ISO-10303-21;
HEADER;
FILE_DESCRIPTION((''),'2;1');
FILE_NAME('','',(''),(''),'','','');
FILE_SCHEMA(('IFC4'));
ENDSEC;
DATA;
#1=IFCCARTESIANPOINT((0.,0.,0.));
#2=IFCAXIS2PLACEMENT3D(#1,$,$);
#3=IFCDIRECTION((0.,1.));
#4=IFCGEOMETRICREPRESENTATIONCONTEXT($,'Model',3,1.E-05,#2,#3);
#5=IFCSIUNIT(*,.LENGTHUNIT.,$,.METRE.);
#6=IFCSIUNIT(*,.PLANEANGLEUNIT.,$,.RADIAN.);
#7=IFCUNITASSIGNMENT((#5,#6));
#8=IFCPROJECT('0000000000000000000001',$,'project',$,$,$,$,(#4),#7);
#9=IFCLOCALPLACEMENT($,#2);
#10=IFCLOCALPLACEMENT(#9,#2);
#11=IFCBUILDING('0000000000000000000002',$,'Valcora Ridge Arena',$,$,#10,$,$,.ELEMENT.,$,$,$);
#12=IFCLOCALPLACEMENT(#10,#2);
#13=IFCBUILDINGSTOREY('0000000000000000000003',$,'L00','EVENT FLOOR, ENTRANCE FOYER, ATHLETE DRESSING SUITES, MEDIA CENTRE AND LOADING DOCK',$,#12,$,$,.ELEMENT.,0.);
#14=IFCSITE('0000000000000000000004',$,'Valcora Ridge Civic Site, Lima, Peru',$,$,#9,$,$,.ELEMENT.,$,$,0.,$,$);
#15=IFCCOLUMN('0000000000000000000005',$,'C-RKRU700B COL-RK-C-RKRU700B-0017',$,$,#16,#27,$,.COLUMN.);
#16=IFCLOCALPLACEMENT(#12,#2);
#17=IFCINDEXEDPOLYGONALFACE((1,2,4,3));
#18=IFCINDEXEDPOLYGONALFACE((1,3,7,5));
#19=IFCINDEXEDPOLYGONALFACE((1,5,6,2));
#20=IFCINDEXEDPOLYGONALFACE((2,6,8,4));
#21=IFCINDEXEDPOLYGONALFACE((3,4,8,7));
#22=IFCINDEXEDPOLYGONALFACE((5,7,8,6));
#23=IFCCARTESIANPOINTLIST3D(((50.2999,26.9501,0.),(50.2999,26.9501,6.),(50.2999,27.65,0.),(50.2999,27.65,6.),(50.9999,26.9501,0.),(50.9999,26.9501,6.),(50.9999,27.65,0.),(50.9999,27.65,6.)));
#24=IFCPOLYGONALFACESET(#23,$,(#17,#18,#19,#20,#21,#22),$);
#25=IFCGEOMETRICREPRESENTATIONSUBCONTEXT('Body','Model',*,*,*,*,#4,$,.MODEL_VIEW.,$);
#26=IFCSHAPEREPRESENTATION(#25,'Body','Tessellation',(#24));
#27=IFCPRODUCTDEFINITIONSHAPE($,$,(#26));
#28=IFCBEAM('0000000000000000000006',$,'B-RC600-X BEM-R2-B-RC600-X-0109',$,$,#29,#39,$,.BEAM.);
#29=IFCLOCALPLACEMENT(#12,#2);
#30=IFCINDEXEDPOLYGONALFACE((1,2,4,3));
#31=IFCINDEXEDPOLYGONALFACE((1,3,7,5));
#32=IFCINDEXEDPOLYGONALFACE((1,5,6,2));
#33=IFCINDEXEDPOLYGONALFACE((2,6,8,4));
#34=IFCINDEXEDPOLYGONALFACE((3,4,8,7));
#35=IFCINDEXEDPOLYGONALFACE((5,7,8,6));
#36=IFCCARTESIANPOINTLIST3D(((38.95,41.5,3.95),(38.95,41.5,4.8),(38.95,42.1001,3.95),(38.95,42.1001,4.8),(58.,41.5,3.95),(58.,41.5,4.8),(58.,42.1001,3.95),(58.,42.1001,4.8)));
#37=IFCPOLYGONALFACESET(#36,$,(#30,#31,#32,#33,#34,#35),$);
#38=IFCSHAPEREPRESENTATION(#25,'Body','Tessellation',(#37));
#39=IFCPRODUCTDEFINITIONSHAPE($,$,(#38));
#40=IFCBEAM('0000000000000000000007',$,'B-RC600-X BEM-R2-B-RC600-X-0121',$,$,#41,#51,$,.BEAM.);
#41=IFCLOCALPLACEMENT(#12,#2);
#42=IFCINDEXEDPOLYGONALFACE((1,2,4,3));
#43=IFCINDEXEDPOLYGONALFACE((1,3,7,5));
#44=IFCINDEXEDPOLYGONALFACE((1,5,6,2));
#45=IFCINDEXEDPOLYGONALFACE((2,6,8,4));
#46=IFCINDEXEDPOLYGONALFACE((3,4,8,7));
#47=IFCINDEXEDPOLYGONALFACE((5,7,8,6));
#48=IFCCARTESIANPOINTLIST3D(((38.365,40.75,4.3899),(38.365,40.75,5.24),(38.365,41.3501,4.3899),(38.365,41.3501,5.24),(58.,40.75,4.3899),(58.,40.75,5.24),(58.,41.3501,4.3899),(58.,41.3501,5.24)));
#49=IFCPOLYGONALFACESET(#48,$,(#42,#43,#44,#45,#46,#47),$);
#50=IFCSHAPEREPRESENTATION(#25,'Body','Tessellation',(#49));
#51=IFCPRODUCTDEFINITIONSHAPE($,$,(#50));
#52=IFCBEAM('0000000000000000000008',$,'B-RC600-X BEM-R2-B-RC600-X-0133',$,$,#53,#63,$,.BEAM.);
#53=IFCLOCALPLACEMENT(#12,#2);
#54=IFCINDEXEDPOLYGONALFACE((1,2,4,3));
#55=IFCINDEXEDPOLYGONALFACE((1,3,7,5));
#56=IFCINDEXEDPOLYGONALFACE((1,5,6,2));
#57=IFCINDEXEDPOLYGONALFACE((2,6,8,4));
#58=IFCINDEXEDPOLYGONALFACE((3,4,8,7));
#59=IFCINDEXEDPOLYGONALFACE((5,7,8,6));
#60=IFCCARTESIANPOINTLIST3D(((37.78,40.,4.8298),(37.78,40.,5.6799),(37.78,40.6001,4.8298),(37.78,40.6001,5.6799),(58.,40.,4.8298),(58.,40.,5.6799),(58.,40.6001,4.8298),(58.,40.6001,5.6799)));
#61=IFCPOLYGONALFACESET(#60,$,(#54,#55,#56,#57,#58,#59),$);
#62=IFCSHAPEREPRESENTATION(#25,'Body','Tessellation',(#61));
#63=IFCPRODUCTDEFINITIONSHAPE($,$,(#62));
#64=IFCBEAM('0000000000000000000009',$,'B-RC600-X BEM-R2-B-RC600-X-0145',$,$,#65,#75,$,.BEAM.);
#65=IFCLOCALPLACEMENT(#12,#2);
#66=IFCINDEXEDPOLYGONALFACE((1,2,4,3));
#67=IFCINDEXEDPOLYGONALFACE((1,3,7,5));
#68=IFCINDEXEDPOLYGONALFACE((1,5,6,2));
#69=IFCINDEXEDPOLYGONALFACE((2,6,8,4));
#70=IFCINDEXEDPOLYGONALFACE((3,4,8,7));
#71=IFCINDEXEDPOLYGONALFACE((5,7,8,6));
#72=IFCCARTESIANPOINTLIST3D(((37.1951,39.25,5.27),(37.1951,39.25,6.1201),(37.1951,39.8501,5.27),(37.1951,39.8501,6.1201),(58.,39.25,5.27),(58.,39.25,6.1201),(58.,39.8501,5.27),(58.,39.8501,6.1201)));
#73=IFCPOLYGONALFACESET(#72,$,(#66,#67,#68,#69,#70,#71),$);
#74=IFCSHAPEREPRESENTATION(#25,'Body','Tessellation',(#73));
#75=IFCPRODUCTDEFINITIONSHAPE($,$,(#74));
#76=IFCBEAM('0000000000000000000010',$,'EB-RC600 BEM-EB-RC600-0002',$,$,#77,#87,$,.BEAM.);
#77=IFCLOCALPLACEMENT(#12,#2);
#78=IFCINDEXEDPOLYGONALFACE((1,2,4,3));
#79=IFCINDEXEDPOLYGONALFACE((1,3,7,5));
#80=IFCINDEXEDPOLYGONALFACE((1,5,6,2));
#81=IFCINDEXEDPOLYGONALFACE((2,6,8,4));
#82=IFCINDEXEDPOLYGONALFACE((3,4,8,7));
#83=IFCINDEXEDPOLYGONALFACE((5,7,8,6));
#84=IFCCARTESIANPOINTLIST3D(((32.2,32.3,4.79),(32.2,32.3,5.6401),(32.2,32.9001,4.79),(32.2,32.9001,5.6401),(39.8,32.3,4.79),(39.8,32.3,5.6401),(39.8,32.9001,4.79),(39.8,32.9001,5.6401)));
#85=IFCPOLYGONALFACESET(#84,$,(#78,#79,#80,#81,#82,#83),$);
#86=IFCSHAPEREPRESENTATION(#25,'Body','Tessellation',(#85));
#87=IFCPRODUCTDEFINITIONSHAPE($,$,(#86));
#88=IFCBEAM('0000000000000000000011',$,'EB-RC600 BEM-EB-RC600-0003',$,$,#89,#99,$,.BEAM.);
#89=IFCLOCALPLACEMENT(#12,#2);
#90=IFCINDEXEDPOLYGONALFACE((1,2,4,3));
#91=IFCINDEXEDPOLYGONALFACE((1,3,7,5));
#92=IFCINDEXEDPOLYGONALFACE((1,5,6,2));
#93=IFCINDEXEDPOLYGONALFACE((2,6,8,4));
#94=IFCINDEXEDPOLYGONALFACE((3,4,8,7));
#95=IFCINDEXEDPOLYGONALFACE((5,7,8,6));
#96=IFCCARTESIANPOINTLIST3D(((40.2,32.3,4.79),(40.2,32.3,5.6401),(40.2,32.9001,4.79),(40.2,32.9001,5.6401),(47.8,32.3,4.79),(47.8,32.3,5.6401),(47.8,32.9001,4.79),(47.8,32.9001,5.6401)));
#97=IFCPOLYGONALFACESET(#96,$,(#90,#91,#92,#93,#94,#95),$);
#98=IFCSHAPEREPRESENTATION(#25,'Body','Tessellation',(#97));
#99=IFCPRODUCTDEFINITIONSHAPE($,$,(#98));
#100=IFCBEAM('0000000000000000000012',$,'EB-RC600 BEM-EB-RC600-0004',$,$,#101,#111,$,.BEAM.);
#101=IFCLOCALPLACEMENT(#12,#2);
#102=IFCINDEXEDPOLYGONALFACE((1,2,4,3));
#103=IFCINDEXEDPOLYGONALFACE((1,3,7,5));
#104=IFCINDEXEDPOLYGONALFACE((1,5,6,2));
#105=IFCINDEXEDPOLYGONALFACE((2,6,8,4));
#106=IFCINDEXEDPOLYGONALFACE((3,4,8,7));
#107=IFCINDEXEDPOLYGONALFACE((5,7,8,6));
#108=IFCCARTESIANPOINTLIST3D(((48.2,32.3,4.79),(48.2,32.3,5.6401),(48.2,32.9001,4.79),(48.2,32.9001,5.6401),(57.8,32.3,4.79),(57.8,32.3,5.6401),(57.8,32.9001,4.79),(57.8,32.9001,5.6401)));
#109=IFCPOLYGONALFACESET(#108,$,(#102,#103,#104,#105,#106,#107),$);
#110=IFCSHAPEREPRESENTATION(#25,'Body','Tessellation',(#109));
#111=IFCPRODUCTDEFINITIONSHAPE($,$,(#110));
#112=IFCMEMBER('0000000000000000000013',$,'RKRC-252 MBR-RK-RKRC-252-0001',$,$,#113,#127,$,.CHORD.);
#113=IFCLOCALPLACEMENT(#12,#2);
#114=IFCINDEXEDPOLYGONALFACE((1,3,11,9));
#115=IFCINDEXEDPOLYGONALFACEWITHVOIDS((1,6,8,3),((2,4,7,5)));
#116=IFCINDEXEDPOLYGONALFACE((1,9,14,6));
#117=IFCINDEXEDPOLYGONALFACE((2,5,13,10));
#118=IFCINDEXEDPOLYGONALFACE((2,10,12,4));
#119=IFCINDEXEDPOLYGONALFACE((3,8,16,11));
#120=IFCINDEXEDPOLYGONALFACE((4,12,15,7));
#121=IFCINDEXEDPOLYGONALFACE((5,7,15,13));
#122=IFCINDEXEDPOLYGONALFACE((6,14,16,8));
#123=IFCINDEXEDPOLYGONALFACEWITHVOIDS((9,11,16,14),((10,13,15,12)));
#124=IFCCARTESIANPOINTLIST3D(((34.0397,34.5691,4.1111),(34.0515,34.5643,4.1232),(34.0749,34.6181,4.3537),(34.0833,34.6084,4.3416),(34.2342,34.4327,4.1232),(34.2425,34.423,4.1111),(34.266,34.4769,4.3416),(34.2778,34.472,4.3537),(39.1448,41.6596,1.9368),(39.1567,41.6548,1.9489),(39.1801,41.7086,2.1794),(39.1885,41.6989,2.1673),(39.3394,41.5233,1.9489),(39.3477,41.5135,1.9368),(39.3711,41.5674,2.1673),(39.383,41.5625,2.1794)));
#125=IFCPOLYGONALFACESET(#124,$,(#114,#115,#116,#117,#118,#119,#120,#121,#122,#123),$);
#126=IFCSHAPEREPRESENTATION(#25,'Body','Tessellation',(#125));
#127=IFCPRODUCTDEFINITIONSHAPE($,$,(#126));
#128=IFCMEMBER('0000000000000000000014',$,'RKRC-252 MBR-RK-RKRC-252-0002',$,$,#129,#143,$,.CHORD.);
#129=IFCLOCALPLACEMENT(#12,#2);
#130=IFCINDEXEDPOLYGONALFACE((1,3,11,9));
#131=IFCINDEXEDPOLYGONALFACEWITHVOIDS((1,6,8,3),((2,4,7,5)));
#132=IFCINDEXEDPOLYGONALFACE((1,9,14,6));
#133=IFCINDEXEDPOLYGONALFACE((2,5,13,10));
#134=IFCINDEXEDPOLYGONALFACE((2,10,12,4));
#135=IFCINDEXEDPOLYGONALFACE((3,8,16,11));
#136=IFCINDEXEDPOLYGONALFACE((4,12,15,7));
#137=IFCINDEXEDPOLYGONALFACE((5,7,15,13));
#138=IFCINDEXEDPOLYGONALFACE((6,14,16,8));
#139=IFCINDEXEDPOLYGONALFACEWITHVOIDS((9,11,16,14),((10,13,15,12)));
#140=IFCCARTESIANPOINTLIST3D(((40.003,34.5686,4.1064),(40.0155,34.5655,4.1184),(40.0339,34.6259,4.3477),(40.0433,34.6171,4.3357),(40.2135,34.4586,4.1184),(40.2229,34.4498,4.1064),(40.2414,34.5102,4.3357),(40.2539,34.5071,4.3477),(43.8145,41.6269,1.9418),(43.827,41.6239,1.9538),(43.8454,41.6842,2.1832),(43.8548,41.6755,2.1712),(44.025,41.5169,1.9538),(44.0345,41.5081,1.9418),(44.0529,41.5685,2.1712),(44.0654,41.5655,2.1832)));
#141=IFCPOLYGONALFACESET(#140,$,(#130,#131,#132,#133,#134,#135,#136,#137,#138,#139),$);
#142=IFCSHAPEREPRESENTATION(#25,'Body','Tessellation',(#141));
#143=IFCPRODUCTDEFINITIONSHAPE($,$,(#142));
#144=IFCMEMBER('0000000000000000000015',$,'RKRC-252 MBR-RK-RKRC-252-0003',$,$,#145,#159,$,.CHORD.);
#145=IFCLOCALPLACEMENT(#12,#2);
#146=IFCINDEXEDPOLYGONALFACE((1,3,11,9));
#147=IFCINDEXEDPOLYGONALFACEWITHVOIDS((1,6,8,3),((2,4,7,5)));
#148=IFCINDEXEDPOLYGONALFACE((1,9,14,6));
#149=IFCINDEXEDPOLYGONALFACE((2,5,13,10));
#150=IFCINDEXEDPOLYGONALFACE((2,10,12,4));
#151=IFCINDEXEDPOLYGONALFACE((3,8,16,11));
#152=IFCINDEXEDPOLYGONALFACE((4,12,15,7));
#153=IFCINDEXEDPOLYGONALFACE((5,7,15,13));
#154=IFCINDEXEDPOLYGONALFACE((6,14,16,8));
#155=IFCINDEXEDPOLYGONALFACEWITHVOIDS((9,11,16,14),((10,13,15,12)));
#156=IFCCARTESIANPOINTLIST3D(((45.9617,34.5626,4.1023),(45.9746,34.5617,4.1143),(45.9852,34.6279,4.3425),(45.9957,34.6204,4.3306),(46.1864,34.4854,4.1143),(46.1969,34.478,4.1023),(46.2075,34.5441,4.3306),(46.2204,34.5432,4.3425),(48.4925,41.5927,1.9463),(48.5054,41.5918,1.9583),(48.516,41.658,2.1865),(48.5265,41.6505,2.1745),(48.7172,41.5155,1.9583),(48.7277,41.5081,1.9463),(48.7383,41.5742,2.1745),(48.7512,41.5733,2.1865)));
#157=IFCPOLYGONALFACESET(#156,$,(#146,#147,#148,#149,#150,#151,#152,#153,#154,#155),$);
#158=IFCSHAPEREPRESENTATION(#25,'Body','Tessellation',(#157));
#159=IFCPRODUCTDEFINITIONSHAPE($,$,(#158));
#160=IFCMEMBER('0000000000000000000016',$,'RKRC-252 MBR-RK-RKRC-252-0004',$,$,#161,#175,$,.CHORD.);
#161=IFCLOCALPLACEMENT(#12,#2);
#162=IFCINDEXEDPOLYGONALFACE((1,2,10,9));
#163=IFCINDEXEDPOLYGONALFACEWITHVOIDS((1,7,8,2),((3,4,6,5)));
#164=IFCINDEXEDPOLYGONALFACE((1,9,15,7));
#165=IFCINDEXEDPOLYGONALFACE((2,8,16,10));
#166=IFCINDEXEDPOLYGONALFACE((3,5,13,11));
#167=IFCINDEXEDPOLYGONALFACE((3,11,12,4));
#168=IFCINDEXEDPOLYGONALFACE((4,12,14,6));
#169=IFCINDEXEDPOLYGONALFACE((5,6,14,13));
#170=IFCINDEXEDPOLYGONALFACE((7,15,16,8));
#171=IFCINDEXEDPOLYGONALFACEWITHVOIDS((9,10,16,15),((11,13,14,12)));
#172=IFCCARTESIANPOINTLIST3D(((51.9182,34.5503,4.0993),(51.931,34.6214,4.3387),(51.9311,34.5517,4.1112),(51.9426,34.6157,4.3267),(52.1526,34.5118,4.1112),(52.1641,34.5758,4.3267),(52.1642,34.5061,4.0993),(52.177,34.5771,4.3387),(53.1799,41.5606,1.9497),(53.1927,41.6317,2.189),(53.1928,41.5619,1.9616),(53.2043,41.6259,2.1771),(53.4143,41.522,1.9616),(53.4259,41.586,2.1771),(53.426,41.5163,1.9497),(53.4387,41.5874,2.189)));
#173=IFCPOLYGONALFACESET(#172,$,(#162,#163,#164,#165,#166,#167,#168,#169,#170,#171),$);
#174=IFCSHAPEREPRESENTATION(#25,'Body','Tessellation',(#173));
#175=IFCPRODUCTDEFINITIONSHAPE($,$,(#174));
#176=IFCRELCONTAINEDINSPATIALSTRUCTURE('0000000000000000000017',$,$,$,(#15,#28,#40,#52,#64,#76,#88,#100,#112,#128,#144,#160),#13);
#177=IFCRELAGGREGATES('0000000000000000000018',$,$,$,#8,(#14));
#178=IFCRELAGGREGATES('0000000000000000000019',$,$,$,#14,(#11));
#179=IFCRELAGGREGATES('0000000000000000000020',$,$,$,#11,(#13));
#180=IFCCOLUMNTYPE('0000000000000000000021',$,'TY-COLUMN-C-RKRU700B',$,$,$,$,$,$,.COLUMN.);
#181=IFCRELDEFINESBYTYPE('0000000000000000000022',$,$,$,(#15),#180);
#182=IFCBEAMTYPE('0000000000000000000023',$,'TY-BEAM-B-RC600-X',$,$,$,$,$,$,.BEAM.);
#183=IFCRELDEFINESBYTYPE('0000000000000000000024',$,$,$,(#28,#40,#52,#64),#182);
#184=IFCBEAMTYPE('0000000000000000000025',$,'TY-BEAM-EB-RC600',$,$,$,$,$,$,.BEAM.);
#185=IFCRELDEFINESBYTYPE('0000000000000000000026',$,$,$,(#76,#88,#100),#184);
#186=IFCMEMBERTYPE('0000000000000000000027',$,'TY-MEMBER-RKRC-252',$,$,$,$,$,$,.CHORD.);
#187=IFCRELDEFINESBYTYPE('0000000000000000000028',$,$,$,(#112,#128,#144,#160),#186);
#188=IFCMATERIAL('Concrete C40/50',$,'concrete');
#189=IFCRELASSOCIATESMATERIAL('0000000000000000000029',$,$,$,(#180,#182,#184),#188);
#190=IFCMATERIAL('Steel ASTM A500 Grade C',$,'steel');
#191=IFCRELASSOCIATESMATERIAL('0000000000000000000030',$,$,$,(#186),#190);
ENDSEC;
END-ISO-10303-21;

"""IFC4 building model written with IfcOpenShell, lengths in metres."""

from ifc_helpers import new_model, si_unit, direction, frame, origin, origin_2d, place, context, subcontext, project, spatial, rectangle, hollow_rectangle, extrude, material, material_profile, profile_set, type_object, element, save


model = new_model("IFC4")

# Units and contexts
model_context = context("Model", 3, precision=1e-05, world=origin(), true_north=direction((0.0, 1.0)))
body_context = subcontext(model_context, "Body", "Model", "MODEL_VIEW")
ifc_project = project(units=[si_unit("LENGTHUNIT", "METRE"), si_unit("PLANEANGLEUNIT", "RADIAN")], contexts=[model_context])

# Site, building, storey
site_placement = place(None, origin())
site = spatial("IfcSite", under=ifc_project, at=site_placement, Name="Valcora Ridge Civic Site, Lima, Peru", CompositionType="ELEMENT", RefElevation=0.0)
building_placement = place(site_placement, origin())
building = spatial("IfcBuilding", under=site, at=building_placement, Name="Valcora Ridge Arena", CompositionType="ELEMENT")
storey_placement = place(building_placement, origin())
storey = spatial("IfcBuildingStorey", under=building, at=storey_placement, Name="L00", Description="EVENT FLOOR, ENTRANCE FOYER, ATHLETE DRESSING SUITES, MEDIA CENTRE AND LOADING DOCK", CompositionType="ELEMENT", Elevation=0.0)

# Column
ifc_material_1 = material(Name="Concrete C40/50", Category="concrete")
ifc_material_profile_1 = material_profile(ifc_material_1, rectangle(XDim=0.7, YDim=0.7, at=origin_2d()), Name="RC 700x700")
ifc_profile_set_1 = profile_set([ifc_material_profile_1], Name="Concrete C40/50")
column_type_1 = type_object("IfcColumnType", Name="TY-COLUMN-C-RKRU700B", PredefinedType="COLUMN", material=ifc_profile_set_1)
for number, where, z_axis, x_axis, name in (
    (1, (50.6499, 27.3, 0.0), (0.0, 0.0, 1.0), (1.0, 0.0, 0.0), "C-RKRU700B COL-RK-C-RKRU700B-0017"),
):
    element("IfcColumn", number, at=place(storey_placement, frame(where, z_axis=z_axis, x_axis=x_axis)), inside=storey, type_object=column_type_1, Name=name, PredefinedType="COLUMN", context=body_context, shape_type="SweptSolid", body=[
        extrude(rectangle(XDim=0.7, YDim=0.7, at=origin_2d()), origin(), (0.0, 0.0, 1.0), 6.0),
    ])

# Beams
ifc_material_profile_2 = material_profile(ifc_material_1, rectangle(XDim=0.6001, YDim=0.8501, at=origin_2d()), Name="RC 600x850")
ifc_profile_set_2 = profile_set([ifc_material_profile_2], Name="Concrete C40/50")
beam_type_1 = type_object("IfcBeamType", Name="TY-BEAM-B-RC600-X", PredefinedType="BEAM", material=ifc_profile_set_2)
beam_1_placement = place(storey_placement, frame((38.95, 41.8, 4.375), z_axis=(1.0, 0.0, 0.0), x_axis=(0.0, 1.0, 0.0)))
element("IfcBeam", 2, at=beam_1_placement, inside=storey, type_object=beam_type_1, Name="B-RC600-X BEM-R2-B-RC600-X-0109", PredefinedType="BEAM", context=body_context, shape_type="SweptSolid", body=[
    extrude(rectangle(XDim=0.6001, YDim=0.8501, at=origin_2d()), origin(), (0.0, 0.0, 1.0), 19.05),
])
beam_2_placement = place(storey_placement, frame((38.365, 41.05, 4.8149), z_axis=(1.0, 0.0, 0.0), x_axis=(0.0, 1.0, 0.0)))
element("IfcBeam", 3, at=beam_2_placement, inside=storey, type_object=beam_type_1, Name="B-RC600-X BEM-R2-B-RC600-X-0121", PredefinedType="BEAM", context=body_context, shape_type="SweptSolid", body=[
    extrude(rectangle(XDim=0.6001, YDim=0.8501, at=origin_2d()), origin(), (0.0, 0.0, 1.0), 19.635),
])
beam_3_placement = place(storey_placement, frame((37.78, 40.3, 5.2549), z_axis=(1.0, 0.0, 0.0), x_axis=(0.0, 1.0, 0.0)))
element("IfcBeam", 4, at=beam_3_placement, inside=storey, type_object=beam_type_1, Name="B-RC600-X BEM-R2-B-RC600-X-0133", PredefinedType="BEAM", context=body_context, shape_type="SweptSolid", body=[
    extrude(rectangle(XDim=0.6001, YDim=0.8501, at=origin_2d()), origin(), (0.0, 0.0, 1.0), 20.22),
])
beam_4_placement = place(storey_placement, frame((37.1951, 39.55, 5.6951), z_axis=(1.0, 0.0, 0.0), x_axis=(0.0, 1.0, 0.0)))
element("IfcBeam", 5, at=beam_4_placement, inside=storey, type_object=beam_type_1, Name="B-RC600-X BEM-R2-B-RC600-X-0145", PredefinedType="BEAM", context=body_context, shape_type="SweptSolid", body=[
    extrude(rectangle(XDim=0.6001, YDim=0.8501, at=origin_2d()), origin(), (0.0, 0.0, 1.0), 20.8049),
])
ifc_material_profile_3 = material_profile(ifc_material_1, rectangle(XDim=0.6001, YDim=0.8501, at=origin_2d()), Name="RC 600x850")
ifc_profile_set_3 = profile_set([ifc_material_profile_3], Name="Concrete C40/50")
beam_type_2 = type_object("IfcBeamType", Name="TY-BEAM-EB-RC600", PredefinedType="BEAM", material=ifc_profile_set_3)
for number, where, z_axis, x_axis, name in (
    (6, (32.2, 32.6001, 5.2151), (1.0, 0.0, 0.0), (0.0, 1.0, 0.0), "EB-RC600 BEM-EB-RC600-0002"),
    (7, (40.2, 32.6001, 5.2151), (1.0, 0.0, 0.0), (0.0, 1.0, 0.0), "EB-RC600 BEM-EB-RC600-0003"),
):
    element("IfcBeam", number, at=place(storey_placement, frame(where, z_axis=z_axis, x_axis=x_axis)), inside=storey, type_object=beam_type_2, Name=name, PredefinedType="BEAM", context=body_context, shape_type="SweptSolid", body=[
        extrude(rectangle(XDim=0.6001, YDim=0.8501, at=origin_2d()), origin(), (0.0, 0.0, 1.0), 7.6001),
    ])
beam_5_placement = place(storey_placement, frame((48.2, 32.6001, 5.2151), z_axis=(1.0, 0.0, 0.0), x_axis=(0.0, 1.0, 0.0)))
element("IfcBeam", 8, at=beam_5_placement, inside=storey, type_object=beam_type_2, Name="EB-RC600 BEM-EB-RC600-0004", PredefinedType="BEAM", context=body_context, shape_type="SweptSolid", body=[
    extrude(rectangle(XDim=0.6001, YDim=0.8501, at=origin_2d()), origin(), (0.0, 0.0, 1.0), 9.6001),
])

# Members
ifc_material_2 = material(Name="Steel ASTM A500 Grade C", Category="steel")
ifc_material_profile_4 = material_profile(ifc_material_2, hollow_rectangle(XDim=0.25, YDim=0.25, WallThickness=0.0125, at=origin_2d()), Name="HSS250X250X12")
ifc_profile_set_4 = profile_set([ifc_material_profile_4], Name="Steel ASTM A500 Grade C")
member_type_1 = type_object("IfcMemberType", Name="TY-MEMBER-RKRC-252", PredefinedType="CHORD", material=ifc_profile_set_4)
member_1_placement = place(storey_placement, frame((39.2639, 41.6111, 2.0581), z_axis=(-0.567012, -0.787515, 0.24149), x_axis=(0.811534, -0.584305, 0.0)))
element("IfcMember", 9, at=member_1_placement, inside=storey, type_object=member_type_1, Name="RKRC-252 MBR-RK-RKRC-252-0001", PredefinedType="CHORD", context=body_context, shape_type="SweptSolid", body=[
    extrude(hollow_rectangle(XDim=0.25, YDim=0.25, WallThickness=0.0125, at=origin_2d()), origin(), (0.0, 0.0, 1.0), 9.0037),
])
member_2_placement = place(storey_placement, frame((43.9399, 41.5962, 2.0625), z_axis=(-0.458743, -0.849521, 0.260518), x_axis=(0.879905, -0.47515, 0.0)))
element("IfcMember", 10, at=member_2_placement, inside=storey, type_object=member_type_1, Name="RKRC-252 MBR-RK-RKRC-252-0002", PredefinedType="CHORD", context=body_context, shape_type="SweptSolid", body=[
    extrude(hollow_rectangle(XDim=0.25, YDim=0.25, WallThickness=0.0125, at=origin_2d()), origin(), (0.0, 0.0, 1.0), 8.3086),
])
member_3_placement = place(storey_placement, frame((48.6218, 41.583, 2.0664), z_axis=(-0.325436, -0.904006, 0.277245), x_axis=(0.940889, -0.338714, 0.0)))
element("IfcMember", 11, at=member_3_placement, inside=storey, type_object=member_type_1, Name="RKRC-252 MBR-RK-RKRC-252-0003", PredefinedType="CHORD", context=body_context, shape_type="SweptSolid", body=[
    extrude(hollow_rectangle(XDim=0.25, YDim=0.25, WallThickness=0.0125, at=origin_2d()), origin(), (0.0, 0.0, 1.0), 7.7766),
])
member_4_placement = place(storey_placement, frame((53.3093, 41.574, 2.0693), z_axis=(-0.169581, -0.942213, 0.288925), x_axis=(0.984186, -0.177136, 0.0)))
element("IfcMember", 12, at=member_4_placement, inside=storey, type_object=member_type_1, Name="RKRC-252 MBR-RK-RKRC-252-0004", PredefinedType="CHORD", context=body_context, shape_type="SweptSolid", body=[
    extrude(hollow_rectangle(XDim=0.25, YDim=0.25, WallThickness=0.0125, at=origin_2d()), origin(), (0.0, 0.0, 1.0), 7.4402),
])

save(model, "model.ifc")
